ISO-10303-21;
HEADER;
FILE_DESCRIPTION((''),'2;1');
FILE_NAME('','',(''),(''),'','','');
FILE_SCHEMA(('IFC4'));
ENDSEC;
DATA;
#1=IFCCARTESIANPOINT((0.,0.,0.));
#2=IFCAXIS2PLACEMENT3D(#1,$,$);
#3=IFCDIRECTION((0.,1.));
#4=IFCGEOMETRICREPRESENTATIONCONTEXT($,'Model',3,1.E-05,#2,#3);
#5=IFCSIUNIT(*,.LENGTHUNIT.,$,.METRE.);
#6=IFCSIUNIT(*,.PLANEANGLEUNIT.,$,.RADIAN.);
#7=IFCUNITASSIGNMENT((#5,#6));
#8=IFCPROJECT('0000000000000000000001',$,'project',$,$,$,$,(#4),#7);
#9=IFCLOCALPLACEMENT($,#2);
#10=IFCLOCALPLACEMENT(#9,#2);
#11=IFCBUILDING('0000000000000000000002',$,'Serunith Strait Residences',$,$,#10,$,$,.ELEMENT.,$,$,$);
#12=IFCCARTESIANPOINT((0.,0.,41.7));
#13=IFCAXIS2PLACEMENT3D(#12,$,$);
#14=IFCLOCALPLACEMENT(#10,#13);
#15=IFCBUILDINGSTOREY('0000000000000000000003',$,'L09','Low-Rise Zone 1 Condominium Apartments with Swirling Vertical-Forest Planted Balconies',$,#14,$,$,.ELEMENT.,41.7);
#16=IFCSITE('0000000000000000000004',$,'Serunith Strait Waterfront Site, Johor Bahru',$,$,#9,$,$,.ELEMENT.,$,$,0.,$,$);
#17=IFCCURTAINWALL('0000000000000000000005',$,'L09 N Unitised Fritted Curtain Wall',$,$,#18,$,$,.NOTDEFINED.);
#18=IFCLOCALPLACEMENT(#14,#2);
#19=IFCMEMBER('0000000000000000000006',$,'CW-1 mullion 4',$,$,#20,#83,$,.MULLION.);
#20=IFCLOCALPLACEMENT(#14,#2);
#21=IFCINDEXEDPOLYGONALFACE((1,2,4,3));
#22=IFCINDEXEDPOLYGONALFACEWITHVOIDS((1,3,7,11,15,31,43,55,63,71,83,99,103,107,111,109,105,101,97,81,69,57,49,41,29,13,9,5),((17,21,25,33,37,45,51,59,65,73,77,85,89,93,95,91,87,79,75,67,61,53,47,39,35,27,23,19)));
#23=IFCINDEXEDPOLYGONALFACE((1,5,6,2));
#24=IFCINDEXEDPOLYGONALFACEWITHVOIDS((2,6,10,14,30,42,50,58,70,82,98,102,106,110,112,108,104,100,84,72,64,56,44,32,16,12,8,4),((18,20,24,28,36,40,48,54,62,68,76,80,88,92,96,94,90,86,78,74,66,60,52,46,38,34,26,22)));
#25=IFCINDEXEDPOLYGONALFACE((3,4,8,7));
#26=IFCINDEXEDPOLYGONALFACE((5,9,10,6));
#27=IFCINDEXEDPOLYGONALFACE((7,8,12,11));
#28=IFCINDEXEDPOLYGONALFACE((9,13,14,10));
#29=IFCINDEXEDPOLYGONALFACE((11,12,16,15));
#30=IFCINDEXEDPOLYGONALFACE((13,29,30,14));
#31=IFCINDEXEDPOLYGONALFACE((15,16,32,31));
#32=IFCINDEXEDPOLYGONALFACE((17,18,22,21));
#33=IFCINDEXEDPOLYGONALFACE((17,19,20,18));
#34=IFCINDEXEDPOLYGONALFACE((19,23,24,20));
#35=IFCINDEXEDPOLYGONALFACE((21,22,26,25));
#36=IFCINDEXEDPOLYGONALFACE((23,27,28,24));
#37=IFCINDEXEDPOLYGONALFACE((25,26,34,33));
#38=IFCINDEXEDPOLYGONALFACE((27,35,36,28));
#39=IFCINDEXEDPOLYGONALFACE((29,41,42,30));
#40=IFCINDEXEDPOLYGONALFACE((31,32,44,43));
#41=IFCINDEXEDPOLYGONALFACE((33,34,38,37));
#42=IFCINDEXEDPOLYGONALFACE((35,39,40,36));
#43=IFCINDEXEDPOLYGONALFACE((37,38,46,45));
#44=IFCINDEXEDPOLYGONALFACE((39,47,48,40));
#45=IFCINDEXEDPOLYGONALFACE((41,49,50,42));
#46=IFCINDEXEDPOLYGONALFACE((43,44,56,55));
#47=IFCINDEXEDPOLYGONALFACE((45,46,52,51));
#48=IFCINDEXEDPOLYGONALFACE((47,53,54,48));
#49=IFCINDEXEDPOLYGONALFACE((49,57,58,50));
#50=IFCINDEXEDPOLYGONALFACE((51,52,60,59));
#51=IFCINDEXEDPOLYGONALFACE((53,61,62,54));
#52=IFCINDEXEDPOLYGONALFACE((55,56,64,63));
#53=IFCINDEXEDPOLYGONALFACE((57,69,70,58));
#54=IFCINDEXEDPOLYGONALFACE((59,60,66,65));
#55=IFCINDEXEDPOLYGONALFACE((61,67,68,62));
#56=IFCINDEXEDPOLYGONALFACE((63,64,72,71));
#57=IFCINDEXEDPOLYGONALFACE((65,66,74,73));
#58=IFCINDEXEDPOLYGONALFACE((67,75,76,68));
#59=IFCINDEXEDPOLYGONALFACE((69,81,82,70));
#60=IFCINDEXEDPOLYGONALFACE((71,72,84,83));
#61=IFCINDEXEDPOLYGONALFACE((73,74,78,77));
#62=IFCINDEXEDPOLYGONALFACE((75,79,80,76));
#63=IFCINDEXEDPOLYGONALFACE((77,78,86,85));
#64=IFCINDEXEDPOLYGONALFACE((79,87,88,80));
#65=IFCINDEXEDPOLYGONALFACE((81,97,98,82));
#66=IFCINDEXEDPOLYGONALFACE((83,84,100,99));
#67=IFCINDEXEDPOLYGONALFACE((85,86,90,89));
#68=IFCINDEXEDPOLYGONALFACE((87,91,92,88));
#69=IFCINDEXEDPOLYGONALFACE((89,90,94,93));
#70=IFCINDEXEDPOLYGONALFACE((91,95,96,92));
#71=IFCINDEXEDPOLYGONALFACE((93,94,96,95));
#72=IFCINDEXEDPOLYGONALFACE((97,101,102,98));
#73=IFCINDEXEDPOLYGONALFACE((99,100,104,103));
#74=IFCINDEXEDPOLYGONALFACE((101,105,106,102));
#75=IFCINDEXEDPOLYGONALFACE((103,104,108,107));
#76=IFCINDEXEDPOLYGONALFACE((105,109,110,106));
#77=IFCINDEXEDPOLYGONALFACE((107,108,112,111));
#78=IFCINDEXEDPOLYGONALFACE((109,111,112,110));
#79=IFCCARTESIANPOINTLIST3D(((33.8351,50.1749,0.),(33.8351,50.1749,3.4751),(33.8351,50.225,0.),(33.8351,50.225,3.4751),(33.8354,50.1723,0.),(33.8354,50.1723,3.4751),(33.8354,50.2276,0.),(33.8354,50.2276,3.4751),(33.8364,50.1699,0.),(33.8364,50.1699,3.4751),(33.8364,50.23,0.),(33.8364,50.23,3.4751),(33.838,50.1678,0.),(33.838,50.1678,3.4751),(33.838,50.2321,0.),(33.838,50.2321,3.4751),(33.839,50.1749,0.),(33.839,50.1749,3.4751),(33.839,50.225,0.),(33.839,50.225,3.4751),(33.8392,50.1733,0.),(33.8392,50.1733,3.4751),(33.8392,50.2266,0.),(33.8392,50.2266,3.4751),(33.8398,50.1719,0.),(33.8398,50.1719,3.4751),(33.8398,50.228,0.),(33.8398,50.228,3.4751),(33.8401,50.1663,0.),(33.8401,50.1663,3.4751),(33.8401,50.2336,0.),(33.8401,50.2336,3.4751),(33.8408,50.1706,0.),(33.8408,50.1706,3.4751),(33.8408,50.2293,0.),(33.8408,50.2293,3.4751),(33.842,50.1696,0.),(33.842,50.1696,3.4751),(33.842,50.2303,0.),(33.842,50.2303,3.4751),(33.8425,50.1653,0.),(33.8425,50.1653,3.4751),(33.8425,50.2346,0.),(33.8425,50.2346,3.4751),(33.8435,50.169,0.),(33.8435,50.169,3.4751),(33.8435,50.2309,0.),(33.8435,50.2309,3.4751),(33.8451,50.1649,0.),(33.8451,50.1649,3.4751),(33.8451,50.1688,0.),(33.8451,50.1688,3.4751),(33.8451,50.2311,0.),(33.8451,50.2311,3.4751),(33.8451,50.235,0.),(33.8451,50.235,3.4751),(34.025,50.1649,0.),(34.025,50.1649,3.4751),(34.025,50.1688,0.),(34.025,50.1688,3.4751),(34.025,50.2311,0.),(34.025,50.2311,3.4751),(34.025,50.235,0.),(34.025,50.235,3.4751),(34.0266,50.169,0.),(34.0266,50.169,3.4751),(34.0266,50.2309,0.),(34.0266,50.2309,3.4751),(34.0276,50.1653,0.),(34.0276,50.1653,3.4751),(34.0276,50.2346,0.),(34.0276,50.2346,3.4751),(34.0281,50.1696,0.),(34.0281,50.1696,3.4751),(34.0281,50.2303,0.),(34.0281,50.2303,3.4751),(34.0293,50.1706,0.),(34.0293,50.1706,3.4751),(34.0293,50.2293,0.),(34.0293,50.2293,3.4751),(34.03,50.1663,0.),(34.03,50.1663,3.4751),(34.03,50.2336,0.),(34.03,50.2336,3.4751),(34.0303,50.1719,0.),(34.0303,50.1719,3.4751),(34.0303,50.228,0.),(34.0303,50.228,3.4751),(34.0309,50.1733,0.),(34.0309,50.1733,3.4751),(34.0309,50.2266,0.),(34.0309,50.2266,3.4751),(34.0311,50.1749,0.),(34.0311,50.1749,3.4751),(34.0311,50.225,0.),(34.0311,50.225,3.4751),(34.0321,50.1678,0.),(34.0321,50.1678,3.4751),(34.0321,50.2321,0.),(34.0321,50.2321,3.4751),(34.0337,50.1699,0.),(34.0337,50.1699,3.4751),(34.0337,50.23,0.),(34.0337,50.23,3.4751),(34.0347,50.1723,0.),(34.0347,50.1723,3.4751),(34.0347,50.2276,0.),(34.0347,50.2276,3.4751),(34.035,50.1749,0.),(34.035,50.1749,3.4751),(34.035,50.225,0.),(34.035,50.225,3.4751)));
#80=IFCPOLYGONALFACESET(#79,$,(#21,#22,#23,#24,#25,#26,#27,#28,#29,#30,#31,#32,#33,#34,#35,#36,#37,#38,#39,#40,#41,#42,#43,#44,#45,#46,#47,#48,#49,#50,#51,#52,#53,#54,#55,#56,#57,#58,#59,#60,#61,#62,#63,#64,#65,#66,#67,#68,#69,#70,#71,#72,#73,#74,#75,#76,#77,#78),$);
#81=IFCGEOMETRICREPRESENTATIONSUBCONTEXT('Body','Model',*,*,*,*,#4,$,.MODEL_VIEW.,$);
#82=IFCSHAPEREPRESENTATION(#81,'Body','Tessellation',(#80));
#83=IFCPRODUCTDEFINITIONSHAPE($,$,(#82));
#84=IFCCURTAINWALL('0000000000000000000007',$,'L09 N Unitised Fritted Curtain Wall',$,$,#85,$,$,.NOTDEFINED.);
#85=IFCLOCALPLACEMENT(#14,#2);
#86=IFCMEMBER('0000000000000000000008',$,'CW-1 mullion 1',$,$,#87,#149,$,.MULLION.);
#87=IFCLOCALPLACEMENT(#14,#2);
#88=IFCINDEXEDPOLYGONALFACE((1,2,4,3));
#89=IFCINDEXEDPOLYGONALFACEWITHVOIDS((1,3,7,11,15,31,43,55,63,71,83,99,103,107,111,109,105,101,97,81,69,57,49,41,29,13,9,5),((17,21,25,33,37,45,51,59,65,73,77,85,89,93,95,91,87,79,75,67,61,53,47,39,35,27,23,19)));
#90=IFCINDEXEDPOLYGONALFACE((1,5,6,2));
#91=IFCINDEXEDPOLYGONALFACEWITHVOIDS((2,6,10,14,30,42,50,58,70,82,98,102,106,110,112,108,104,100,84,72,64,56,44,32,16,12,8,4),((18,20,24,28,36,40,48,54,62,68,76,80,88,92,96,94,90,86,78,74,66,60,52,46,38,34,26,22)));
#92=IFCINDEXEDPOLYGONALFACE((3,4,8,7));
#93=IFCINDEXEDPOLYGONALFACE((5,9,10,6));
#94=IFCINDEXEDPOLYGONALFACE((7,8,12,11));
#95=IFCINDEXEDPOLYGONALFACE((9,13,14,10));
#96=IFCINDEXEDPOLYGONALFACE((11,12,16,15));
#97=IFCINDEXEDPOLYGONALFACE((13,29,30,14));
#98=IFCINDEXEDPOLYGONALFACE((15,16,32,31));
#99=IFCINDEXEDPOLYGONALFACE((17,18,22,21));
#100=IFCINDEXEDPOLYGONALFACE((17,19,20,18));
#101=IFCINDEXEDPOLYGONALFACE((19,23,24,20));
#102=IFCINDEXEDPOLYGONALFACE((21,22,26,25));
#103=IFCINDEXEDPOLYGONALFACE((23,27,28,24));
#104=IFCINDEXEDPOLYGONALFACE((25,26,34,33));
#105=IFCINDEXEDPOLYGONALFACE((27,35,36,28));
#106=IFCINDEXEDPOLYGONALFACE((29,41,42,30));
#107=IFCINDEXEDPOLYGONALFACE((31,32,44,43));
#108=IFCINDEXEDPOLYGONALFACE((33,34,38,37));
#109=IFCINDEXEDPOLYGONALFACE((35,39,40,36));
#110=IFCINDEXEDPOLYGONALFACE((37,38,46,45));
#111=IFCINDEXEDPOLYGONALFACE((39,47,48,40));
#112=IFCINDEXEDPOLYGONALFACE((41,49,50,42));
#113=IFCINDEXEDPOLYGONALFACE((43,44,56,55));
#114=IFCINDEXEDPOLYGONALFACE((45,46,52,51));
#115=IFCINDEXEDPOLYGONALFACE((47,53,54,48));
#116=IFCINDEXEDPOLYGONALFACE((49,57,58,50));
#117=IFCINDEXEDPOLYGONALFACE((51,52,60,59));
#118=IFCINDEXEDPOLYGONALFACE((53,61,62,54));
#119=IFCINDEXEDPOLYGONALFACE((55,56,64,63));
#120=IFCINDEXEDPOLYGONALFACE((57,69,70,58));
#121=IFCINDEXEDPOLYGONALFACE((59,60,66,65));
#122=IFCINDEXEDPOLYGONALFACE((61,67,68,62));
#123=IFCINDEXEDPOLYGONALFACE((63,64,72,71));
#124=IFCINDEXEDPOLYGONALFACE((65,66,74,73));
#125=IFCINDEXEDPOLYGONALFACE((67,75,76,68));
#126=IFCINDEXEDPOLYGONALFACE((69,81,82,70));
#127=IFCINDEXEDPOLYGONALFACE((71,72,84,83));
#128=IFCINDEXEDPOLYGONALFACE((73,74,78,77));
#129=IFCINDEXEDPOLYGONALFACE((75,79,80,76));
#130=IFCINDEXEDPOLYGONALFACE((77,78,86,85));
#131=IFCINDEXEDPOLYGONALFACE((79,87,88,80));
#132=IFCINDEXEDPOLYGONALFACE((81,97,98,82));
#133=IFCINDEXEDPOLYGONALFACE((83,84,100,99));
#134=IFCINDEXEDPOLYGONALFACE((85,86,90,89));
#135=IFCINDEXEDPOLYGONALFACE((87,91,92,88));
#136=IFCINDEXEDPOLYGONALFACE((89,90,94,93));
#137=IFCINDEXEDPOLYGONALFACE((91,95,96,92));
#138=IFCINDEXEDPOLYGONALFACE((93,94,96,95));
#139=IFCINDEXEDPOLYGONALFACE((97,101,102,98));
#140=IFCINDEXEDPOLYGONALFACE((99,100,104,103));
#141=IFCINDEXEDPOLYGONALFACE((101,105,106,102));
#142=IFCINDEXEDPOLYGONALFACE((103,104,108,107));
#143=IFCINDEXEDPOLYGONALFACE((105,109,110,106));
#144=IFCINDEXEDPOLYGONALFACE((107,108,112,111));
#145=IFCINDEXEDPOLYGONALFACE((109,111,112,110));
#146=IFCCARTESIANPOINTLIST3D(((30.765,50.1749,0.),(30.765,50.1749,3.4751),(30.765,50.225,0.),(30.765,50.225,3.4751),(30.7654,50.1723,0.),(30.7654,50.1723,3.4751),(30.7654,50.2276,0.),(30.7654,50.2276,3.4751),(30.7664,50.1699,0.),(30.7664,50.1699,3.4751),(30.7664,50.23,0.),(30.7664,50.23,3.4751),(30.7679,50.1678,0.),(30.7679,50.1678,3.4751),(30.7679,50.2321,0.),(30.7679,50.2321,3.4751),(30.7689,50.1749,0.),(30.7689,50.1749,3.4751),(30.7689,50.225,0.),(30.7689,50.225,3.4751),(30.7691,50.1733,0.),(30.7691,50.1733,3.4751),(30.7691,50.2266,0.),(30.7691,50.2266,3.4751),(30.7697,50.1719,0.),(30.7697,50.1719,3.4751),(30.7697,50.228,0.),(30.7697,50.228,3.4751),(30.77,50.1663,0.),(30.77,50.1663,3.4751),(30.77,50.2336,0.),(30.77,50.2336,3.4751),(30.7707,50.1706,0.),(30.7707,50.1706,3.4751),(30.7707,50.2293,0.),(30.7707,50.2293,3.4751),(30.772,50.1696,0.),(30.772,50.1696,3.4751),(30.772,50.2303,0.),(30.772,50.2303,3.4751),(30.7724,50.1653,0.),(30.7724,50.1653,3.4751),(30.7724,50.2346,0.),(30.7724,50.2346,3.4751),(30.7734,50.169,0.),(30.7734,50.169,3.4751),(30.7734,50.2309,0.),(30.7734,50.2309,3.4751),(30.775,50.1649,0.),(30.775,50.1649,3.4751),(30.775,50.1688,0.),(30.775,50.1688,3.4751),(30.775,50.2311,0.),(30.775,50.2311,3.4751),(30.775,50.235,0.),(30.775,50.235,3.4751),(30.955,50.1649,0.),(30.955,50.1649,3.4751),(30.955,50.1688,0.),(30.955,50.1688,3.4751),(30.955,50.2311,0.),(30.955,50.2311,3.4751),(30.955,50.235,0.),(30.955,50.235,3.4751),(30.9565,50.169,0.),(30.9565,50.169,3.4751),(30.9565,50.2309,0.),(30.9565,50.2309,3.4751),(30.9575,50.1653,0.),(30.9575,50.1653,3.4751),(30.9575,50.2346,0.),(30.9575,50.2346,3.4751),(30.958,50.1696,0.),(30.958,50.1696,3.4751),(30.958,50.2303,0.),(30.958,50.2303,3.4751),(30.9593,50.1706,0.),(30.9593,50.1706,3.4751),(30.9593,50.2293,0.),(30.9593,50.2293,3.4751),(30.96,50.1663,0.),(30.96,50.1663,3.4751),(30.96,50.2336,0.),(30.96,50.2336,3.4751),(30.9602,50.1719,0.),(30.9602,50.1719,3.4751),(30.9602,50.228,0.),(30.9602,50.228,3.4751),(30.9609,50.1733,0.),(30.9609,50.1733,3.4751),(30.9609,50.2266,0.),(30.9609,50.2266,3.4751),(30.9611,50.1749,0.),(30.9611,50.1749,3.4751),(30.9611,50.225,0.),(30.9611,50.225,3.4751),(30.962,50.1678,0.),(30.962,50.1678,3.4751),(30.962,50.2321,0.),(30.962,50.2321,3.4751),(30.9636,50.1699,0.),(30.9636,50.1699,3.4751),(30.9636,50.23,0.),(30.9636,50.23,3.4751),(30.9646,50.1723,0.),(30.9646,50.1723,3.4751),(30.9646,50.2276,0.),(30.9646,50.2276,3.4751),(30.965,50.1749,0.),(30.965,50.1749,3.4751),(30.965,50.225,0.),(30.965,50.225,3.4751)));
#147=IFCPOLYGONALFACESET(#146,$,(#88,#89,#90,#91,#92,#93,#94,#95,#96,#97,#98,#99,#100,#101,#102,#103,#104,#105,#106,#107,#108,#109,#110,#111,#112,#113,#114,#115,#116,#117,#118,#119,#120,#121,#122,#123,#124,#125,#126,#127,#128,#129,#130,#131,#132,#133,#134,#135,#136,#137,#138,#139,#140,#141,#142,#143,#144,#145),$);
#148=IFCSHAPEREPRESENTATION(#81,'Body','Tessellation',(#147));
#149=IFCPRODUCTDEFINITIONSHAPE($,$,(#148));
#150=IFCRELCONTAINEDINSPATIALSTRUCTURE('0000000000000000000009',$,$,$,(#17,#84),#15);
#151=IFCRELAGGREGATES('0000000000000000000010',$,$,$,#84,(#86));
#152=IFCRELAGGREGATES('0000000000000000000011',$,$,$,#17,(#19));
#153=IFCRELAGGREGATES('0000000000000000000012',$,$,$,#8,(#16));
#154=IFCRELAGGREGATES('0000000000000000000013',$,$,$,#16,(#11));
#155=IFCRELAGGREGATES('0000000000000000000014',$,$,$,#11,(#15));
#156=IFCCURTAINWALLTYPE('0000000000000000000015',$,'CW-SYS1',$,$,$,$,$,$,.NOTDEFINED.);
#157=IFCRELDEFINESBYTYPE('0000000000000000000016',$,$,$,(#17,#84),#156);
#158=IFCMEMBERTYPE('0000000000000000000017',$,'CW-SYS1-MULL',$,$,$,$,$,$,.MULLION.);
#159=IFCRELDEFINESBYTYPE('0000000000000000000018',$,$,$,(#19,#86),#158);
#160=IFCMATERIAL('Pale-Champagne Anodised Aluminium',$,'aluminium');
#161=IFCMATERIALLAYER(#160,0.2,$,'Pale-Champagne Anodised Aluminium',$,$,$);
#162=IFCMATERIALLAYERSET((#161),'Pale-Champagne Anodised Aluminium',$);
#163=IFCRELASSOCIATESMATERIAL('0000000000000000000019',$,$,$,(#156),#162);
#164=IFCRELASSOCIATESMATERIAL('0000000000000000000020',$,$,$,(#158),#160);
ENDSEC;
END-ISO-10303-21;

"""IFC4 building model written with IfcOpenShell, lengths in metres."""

from ifc_helpers import new_model, si_unit, direction, frame, origin, origin_2d, place, context, subcontext, project, spatial, hollow_rectangle, extrude, source, transform, mapped, material, layer, layer_set, material_profile, profile_set, type_object, element, aggregate, save


model = new_model("IFC4")

# Units and contexts
model_context = context("Model", 3, precision=1e-05, world=origin(), true_north=direction((0.0, 1.0)))
body_context = subcontext(model_context, "Body", "Model", "MODEL_VIEW")
ifc_project = project(units=[si_unit("LENGTHUNIT", "METRE"), si_unit("PLANEANGLEUNIT", "RADIAN")], contexts=[model_context])

# Site, building, storey
site_placement = place(None, origin())
site = spatial("IfcSite", under=ifc_project, at=site_placement, Name="Serunith Strait Waterfront Site, Johor Bahru", CompositionType="ELEMENT", RefElevation=0.0)
building_placement = place(site_placement, origin())
building = spatial("IfcBuilding", under=site, at=building_placement, Name="Serunith Strait Residences", CompositionType="ELEMENT")
storey_placement = place(building_placement, frame((0.0, 0.0, 41.7)))
storey = spatial("IfcBuildingStorey", under=building, at=storey_placement, Name="L09", Description="Low-Rise Zone 1 Condominium Apartments with Swirling Vertical-Forest Planted Balconies", CompositionType="ELEMENT", Elevation=41.7)

# Curtain wall, member
ifc_material_1 = material(Name="Pale-Champagne Anodised Aluminium", Category="aluminium")
ifc_layer_1 = layer(ifc_material_1, 0.2, Name="Pale-Champagne Anodised Aluminium")
ifc_layer_set_1 = layer_set([ifc_layer_1], Name="Pale-Champagne Anodised Aluminium")
curtain_wall_type = type_object("IfcCurtainWallType", Name="CW-SYS1", PredefinedType="NOTDEFINED", material=ifc_layer_set_1)
curtain_wall_1_placement = place(storey_placement, origin())
curtain_wall_1 = element("IfcCurtainWall", 1, at=curtain_wall_1_placement, inside=storey, type_object=curtain_wall_type, Name="L09 N Unitised Fritted Curtain Wall", PredefinedType="NOTDEFINED")
ifc_material_profile_1 = material_profile(ifc_material_1, hollow_rectangle(XDim=0.0701, YDim=0.2, WallThickness=0.0039, InnerFilletRadius=0.0061, OuterFilletRadius=0.01, at=origin_2d()), Name="ALU 200x70x4")
ifc_profile_set_1 = profile_set([ifc_material_profile_1], Name="Pale-Champagne Anodised Aluminium")
member_type_1 = type_object("IfcMemberType", Name="CW-SYS1-MULL", PredefinedType="MULLION", material=ifc_profile_set_1)
shared_shape_1 = source(origin(), body_context, "Body", "SweptSolid", [
    extrude(hollow_rectangle(XDim=0.0701, YDim=0.2, WallThickness=0.0039, InnerFilletRadius=0.0061, OuterFilletRadius=0.01, at=origin_2d()), origin(), (0.0, 0.0, 1.0), 3.4751),
])
member_1_placement = place(storey_placement, frame((33.9351, 50.2, 0.0), z_axis=(0.0, 0.0, 1.0), x_axis=(0.0, -1.0, 0.0)))
member_1 = element("IfcMember", 2, at=member_1_placement, type_object=member_type_1, Name="CW-1 mullion 4", PredefinedType="MULLION", context=body_context, shape_type="MappedRepresentation", body=[
    mapped(shared_shape_1, transform((0.0, 0.0, 0.0), scale=1.0)),
])

# Curtain wall, member
curtain_wall_2_placement = place(storey_placement, origin())
curtain_wall_2 = element("IfcCurtainWall", 3, at=curtain_wall_2_placement, inside=storey, type_object=curtain_wall_type, Name="L09 N Unitised Fritted Curtain Wall", PredefinedType="NOTDEFINED")
member_2_placement = place(storey_placement, frame((30.865, 50.2, 0.0), z_axis=(0.0, 0.0, 1.0), x_axis=(0.0, -1.0, 0.0)))
member_2 = element("IfcMember", 4, at=member_2_placement, type_object=member_type_1, Name="CW-1 mullion 1", PredefinedType="MULLION", context=body_context, shape_type="MappedRepresentation", body=[
    mapped(shared_shape_1, transform((0.0, 0.0, 0.0), scale=1.0)),
])

aggregate(curtain_wall_2, [member_2])

aggregate(curtain_wall_1, [member_1])

save(model, "model.ifc")
